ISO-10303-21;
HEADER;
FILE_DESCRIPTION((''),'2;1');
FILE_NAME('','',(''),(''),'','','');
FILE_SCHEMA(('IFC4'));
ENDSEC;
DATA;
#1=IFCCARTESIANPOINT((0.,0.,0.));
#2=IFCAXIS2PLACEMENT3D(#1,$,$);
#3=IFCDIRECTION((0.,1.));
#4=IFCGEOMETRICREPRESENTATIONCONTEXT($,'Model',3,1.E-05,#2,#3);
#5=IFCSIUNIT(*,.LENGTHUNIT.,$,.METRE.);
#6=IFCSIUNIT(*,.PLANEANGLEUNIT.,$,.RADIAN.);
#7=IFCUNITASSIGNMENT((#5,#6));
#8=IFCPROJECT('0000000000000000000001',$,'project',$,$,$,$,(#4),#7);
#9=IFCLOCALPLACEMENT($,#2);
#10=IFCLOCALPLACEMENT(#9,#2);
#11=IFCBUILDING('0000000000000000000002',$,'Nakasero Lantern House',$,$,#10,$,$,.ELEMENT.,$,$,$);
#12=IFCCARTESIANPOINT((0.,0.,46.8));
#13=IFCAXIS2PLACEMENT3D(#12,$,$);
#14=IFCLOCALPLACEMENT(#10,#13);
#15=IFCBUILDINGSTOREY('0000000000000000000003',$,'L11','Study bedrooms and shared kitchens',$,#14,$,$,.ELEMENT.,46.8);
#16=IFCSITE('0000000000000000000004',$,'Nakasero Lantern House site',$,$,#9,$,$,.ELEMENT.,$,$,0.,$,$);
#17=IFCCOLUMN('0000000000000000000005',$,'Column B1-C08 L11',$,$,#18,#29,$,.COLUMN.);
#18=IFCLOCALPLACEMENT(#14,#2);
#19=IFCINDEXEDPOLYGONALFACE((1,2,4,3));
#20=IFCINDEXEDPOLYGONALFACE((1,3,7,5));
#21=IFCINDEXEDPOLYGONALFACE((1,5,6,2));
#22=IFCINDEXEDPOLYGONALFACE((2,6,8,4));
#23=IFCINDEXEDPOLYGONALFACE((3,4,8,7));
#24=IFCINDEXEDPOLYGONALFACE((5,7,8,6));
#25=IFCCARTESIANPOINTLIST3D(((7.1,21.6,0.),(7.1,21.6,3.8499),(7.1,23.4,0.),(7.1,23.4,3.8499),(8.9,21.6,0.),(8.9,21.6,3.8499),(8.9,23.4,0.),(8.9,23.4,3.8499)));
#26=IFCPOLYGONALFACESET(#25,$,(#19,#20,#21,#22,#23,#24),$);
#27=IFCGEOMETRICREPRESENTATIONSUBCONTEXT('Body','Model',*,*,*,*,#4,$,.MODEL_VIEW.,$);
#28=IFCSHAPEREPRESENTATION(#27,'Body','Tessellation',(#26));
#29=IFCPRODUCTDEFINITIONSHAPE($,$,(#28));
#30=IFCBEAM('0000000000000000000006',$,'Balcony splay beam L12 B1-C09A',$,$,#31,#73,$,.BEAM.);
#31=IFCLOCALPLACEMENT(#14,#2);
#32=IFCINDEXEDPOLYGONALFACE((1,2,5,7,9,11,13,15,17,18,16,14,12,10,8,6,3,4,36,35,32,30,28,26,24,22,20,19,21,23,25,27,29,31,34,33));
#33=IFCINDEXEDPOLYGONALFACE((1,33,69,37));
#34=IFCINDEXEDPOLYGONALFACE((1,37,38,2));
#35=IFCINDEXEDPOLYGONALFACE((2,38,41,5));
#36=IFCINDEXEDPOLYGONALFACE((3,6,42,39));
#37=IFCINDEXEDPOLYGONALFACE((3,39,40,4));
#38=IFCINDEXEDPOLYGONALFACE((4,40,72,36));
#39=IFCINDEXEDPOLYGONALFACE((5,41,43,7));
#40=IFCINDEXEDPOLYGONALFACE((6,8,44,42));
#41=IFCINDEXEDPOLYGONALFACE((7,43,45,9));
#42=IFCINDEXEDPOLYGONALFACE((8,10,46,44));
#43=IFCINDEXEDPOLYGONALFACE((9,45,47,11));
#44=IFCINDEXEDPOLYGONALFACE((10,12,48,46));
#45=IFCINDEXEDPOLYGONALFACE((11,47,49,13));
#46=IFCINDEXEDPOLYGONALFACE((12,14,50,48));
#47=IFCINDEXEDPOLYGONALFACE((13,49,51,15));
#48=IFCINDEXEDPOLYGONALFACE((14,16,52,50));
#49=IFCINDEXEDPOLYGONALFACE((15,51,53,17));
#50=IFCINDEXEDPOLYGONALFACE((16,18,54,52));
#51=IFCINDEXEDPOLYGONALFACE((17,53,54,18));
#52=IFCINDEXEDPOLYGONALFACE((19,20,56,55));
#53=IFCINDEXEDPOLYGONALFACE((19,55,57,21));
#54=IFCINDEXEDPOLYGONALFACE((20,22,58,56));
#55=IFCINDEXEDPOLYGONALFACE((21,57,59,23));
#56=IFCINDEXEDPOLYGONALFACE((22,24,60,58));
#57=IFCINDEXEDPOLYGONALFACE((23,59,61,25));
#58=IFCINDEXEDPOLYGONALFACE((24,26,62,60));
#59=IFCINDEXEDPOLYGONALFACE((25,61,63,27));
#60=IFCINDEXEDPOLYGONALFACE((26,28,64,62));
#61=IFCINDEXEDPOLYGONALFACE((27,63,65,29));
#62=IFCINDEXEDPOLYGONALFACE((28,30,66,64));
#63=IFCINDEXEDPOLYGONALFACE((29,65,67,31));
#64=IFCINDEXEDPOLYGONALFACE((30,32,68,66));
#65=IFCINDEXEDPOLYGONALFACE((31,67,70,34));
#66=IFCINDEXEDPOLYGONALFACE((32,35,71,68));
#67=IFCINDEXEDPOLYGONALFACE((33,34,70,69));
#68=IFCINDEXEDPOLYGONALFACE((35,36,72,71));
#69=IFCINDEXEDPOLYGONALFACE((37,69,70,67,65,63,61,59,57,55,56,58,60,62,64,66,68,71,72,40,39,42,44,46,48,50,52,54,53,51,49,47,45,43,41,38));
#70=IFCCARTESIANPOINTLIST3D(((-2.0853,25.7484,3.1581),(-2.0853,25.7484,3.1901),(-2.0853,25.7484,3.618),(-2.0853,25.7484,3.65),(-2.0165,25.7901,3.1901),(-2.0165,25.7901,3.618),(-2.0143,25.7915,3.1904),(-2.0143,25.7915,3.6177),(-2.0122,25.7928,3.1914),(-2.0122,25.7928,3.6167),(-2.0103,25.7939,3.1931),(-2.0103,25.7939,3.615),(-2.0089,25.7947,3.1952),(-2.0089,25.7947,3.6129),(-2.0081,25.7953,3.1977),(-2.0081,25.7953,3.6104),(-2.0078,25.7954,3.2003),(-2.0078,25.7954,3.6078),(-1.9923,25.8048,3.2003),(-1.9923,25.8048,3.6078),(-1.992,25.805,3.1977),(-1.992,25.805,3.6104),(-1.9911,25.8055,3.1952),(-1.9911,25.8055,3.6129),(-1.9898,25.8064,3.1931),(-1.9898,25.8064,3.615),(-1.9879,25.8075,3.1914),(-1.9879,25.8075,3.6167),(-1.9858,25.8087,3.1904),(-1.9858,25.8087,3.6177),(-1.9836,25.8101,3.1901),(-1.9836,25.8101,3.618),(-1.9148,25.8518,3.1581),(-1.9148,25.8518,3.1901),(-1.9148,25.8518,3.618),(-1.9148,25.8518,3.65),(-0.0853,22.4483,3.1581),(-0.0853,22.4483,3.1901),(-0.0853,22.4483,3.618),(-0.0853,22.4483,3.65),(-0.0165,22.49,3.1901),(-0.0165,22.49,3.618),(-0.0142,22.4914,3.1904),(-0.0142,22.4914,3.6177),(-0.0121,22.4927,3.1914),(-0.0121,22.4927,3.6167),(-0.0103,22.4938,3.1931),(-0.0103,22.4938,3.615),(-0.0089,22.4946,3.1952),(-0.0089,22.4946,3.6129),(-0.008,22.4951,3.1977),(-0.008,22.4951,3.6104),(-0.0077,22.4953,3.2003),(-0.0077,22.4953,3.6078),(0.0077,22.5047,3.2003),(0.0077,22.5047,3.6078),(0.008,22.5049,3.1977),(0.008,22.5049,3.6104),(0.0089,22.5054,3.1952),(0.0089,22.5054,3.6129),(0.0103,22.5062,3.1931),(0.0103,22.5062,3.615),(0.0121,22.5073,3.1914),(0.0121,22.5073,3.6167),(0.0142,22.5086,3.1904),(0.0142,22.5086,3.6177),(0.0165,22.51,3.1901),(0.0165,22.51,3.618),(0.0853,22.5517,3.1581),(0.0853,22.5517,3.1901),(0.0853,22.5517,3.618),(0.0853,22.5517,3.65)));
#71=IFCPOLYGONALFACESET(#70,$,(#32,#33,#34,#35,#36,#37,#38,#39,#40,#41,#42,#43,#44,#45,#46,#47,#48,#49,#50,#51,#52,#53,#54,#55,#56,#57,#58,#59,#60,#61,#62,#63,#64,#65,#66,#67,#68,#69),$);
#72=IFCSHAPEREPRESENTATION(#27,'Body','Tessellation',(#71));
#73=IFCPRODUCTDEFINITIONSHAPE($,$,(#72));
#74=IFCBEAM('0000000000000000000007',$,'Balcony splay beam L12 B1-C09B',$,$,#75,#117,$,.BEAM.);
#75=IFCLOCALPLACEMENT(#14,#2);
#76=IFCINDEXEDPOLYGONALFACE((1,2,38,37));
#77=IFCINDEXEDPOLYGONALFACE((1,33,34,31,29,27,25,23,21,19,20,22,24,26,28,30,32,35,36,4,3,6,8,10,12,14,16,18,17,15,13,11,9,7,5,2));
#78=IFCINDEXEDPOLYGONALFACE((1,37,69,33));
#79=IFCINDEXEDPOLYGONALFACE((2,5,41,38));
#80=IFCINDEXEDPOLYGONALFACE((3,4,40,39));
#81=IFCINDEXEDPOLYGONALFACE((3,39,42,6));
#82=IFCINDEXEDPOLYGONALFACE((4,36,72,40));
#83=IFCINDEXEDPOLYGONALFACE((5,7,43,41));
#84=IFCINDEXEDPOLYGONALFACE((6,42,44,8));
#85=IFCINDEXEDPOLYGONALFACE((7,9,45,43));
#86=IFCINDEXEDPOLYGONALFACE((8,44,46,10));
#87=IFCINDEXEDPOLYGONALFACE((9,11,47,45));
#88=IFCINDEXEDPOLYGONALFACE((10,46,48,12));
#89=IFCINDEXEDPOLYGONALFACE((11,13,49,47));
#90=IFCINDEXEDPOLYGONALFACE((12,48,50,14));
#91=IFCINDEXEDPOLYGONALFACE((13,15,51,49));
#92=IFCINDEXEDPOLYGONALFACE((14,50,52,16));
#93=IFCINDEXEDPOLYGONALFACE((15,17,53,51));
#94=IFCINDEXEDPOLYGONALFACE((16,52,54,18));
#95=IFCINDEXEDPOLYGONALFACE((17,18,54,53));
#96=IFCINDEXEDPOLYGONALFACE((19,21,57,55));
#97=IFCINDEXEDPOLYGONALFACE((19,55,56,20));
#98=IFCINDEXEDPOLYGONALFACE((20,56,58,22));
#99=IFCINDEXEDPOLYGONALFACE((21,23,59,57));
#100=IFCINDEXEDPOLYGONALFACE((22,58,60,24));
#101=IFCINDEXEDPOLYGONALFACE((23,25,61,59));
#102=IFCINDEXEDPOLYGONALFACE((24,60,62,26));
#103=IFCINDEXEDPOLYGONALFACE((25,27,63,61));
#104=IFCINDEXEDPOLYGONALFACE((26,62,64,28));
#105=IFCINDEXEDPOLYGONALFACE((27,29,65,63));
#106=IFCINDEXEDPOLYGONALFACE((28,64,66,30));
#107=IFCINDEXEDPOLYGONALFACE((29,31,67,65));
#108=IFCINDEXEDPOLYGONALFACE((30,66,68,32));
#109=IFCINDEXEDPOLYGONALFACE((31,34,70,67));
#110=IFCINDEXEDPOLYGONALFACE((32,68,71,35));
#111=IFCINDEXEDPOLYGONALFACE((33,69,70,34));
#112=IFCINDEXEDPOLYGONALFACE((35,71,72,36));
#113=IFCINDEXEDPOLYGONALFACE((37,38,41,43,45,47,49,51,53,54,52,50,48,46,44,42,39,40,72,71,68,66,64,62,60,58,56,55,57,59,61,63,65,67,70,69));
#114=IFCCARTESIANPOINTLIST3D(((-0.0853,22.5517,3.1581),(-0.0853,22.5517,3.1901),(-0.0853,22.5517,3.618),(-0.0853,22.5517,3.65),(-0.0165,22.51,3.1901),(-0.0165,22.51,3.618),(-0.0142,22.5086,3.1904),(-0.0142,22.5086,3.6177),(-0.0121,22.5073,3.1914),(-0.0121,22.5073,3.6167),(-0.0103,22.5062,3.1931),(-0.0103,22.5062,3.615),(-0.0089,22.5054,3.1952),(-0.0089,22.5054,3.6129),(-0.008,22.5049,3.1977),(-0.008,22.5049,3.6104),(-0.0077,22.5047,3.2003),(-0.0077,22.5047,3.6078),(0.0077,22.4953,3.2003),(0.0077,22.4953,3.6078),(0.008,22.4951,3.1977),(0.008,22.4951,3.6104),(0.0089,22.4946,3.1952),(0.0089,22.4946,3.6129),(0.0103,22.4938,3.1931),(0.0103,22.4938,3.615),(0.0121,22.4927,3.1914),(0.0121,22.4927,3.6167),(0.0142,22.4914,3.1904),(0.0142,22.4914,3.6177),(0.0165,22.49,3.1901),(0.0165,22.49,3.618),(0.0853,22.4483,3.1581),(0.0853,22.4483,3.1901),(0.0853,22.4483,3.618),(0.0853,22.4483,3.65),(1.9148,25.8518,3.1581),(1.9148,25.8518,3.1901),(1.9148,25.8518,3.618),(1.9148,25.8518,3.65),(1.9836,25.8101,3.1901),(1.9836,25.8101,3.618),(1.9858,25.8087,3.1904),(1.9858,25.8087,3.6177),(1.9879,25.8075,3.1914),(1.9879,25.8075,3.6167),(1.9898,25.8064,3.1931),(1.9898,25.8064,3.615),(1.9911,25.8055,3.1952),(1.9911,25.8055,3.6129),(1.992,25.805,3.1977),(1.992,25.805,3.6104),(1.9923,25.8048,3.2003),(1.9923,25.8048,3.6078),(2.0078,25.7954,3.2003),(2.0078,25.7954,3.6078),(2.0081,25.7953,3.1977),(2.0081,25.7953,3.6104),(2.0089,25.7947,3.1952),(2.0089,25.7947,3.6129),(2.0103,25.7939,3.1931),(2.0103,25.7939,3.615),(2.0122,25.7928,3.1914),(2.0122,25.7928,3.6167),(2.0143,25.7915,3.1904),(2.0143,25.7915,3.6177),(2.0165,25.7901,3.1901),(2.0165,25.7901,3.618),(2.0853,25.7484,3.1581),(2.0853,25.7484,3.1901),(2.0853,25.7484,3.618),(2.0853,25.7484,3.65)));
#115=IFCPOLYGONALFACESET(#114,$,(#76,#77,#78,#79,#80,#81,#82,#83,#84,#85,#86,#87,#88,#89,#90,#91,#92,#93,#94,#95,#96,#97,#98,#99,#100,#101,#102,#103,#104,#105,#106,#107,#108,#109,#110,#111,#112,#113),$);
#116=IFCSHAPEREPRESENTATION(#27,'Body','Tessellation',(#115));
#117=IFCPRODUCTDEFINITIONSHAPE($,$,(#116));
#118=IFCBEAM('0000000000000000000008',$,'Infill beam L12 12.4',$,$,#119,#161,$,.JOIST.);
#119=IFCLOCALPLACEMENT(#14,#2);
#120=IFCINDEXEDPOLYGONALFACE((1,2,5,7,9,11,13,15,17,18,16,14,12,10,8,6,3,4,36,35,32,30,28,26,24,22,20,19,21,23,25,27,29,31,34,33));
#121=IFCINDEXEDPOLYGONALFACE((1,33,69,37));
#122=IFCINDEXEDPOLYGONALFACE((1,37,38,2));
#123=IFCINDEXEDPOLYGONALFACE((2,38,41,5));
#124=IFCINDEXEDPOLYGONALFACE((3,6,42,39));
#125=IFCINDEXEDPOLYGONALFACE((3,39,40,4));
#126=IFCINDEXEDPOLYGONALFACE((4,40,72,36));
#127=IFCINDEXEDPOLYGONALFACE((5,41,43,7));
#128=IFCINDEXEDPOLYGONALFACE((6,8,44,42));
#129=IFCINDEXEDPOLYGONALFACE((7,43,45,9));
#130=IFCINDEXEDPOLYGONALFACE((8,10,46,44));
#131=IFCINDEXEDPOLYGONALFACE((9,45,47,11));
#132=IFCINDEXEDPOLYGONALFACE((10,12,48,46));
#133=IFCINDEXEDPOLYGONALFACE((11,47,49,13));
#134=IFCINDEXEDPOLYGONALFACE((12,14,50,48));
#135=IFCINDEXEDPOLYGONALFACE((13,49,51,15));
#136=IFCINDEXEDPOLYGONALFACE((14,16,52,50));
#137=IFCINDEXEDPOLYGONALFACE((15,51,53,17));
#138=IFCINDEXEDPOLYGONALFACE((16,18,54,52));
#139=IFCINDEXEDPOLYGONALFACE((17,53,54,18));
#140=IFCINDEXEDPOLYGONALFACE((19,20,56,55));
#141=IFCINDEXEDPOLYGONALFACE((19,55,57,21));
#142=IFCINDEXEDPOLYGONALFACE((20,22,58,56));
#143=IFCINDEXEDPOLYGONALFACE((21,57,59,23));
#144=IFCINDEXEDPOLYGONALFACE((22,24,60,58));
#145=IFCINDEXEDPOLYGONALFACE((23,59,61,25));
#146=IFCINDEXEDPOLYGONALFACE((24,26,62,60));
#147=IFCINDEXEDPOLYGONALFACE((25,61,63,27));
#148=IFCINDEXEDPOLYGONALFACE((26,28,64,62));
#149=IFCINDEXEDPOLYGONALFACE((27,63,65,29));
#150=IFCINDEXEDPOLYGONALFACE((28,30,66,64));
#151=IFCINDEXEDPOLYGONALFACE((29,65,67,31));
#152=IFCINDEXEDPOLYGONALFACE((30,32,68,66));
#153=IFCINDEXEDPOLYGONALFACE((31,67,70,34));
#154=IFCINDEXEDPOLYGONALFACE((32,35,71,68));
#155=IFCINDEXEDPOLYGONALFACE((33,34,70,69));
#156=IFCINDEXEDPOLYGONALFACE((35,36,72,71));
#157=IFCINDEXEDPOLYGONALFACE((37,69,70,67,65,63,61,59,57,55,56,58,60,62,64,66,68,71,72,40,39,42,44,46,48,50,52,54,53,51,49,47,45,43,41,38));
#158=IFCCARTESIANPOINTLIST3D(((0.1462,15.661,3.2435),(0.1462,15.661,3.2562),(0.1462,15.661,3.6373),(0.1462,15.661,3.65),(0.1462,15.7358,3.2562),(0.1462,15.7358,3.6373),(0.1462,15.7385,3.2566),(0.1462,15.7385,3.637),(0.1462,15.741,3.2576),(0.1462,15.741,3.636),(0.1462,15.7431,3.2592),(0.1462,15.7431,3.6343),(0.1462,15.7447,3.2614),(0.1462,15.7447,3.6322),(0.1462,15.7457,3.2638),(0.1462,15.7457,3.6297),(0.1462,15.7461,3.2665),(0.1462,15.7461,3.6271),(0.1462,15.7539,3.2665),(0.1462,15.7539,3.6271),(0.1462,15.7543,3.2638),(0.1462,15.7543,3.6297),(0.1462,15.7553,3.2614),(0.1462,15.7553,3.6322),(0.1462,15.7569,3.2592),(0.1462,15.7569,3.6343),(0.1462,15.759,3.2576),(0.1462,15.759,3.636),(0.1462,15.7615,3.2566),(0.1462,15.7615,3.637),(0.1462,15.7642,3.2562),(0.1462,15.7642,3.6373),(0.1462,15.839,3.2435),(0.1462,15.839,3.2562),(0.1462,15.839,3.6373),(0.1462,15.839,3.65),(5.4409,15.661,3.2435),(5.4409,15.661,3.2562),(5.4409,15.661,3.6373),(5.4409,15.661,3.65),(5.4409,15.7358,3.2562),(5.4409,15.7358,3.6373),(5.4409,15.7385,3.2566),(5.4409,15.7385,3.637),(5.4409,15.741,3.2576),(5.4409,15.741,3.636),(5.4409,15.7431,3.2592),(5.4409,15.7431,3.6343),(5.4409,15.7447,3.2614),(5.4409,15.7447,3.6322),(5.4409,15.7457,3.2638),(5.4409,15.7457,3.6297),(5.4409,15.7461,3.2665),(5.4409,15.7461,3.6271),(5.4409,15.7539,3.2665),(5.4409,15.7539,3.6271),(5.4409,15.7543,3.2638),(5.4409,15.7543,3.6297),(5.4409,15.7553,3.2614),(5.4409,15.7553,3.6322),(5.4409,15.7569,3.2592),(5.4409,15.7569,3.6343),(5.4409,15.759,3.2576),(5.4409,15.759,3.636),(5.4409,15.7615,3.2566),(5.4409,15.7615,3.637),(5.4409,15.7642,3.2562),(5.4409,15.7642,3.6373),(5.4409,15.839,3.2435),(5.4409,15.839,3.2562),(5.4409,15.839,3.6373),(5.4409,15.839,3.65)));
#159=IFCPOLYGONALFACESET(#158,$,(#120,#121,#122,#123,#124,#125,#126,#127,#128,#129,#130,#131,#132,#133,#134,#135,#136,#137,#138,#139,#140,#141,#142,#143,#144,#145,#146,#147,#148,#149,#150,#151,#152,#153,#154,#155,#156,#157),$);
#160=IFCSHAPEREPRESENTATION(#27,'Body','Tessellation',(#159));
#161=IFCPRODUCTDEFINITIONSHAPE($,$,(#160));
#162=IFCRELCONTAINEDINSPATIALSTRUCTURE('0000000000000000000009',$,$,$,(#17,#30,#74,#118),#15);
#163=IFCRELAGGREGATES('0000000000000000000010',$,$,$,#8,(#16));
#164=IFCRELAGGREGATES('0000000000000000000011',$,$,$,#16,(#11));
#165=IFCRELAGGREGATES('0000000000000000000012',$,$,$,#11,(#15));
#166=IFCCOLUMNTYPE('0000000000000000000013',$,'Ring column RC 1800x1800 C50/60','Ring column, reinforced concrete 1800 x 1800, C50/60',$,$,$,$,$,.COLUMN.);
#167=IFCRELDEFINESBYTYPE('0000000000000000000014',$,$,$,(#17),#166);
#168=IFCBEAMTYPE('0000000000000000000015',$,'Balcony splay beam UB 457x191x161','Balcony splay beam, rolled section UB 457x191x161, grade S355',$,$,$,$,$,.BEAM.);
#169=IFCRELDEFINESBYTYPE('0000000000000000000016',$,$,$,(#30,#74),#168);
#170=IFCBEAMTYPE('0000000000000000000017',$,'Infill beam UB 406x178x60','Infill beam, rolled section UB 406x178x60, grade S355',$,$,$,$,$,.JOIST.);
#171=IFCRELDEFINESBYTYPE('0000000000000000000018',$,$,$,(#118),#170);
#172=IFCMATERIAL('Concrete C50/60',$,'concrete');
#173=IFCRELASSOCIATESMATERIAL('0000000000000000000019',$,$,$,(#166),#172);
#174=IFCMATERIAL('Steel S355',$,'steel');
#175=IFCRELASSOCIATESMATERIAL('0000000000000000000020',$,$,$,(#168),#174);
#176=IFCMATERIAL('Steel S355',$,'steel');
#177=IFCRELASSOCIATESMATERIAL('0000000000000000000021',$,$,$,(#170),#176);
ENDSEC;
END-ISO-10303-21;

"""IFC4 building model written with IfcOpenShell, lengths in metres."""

from ifc_helpers import new_model, si_unit, direction, frame, origin, origin_2d, place, context, subcontext, project, spatial, rectangle, i_section, extrude, material, material_profile, profile_set, type_object, element, save


model = new_model("IFC4")

# Units and contexts
model_context = context("Model", 3, precision=1e-05, world=origin(), true_north=direction((0.0, 1.0)))
body_context = subcontext(model_context, "Body", "Model", "MODEL_VIEW")
ifc_project = project(units=[si_unit("LENGTHUNIT", "METRE"), si_unit("PLANEANGLEUNIT", "RADIAN")], contexts=[model_context])

# Site, building, storey
site_placement = place(None, origin())
site = spatial("IfcSite", under=ifc_project, at=site_placement, Name="Nakasero Lantern House site", CompositionType="ELEMENT", RefElevation=0.0)
building_placement = place(site_placement, origin())
building = spatial("IfcBuilding", under=site, at=building_placement, Name="Nakasero Lantern House", CompositionType="ELEMENT")
storey_placement = place(building_placement, frame((0.0, 0.0, 46.8)))
storey = spatial("IfcBuildingStorey", under=building, at=storey_placement, Name="L11", Description="Study bedrooms and shared kitchens", CompositionType="ELEMENT", Elevation=46.8)

# Column
ifc_material_1 = material(Name="Concrete C50/60", Category="concrete")
ifc_material_profile_1 = material_profile(ifc_material_1, rectangle(XDim=1.8, YDim=1.8, at=origin_2d()), Name="RC 1800x1800")
ifc_profile_set_1 = profile_set([ifc_material_profile_1], Name="Concrete C50/60")
column_type = type_object("IfcColumnType", Name="Ring column RC 1800x1800 C50/60", Description="Ring column, reinforced concrete 1800 x 1800, C50/60", PredefinedType="COLUMN", material=ifc_profile_set_1)
column_placement = place(storey_placement, frame((8.0, 22.5, 0.0), z_axis=(0.0, 0.0, 1.0), x_axis=(1.0, 0.0, 0.0)))
element("IfcColumn", 1, at=column_placement, inside=storey, type_object=column_type, Name="Column B1-C08 L11", PredefinedType="COLUMN", context=body_context, shape_type="SweptSolid", body=[
    extrude(rectangle(XDim=1.8, YDim=1.8, at=origin_2d()), origin(), (0.0, 0.0, 1.0), 3.8499),
])

# Beams
ifc_material_2 = material(Name="Steel S355", Category="steel")
ifc_material_profile_2 = material_profile(ifc_material_2, i_section(OverallWidth=0.1995, OverallDepth=0.4919, WebThickness=0.0181, FlangeThickness=0.032, FilletRadius=0.0103, at=origin_2d()), Name="UB 457x191x161")
ifc_profile_set_2 = profile_set([ifc_material_profile_2], Name="Steel S355")
beam_type_1 = type_object("IfcBeamType", Name="Balcony splay beam UB 457x191x161", Description="Balcony splay beam, rolled section UB 457x191x161, grade S355", PredefinedType="BEAM", material=ifc_profile_set_2)
for number, where, z_axis, x_axis, name in (
    (2, (0.0, 22.5, 3.4041), (-0.518296, 0.855201, 0.0), (-0.855201, -0.518296, 0.0), "Balcony splay beam L12 B1-C09A"),
    (3, (0.0, 22.5, 3.4041), (0.518296, 0.855201, 0.0), (-0.855201, 0.518296, 0.0), "Balcony splay beam L12 B1-C09B"),
):
    element("IfcBeam", number, at=place(storey_placement, frame(where, z_axis=z_axis, x_axis=x_axis)), inside=storey, type_object=beam_type_1, Name=name, PredefinedType="BEAM", context=body_context, shape_type="SweptSolid", body=[
        extrude(i_section(OverallWidth=0.1995, OverallDepth=0.4919, WebThickness=0.0181, FlangeThickness=0.032, FilletRadius=0.0103, at=origin_2d()), origin(), (0.0, 0.0, 1.0), 3.8589),
    ])
ifc_material_3 = material(Name="Steel S355", Category="steel")
ifc_material_profile_3 = material_profile(ifc_material_3, i_section(OverallWidth=0.178, OverallDepth=0.4065, WebThickness=0.0078, FlangeThickness=0.0127, FilletRadius=0.0103, at=origin_2d()), Name="UB 406x178x60")
ifc_profile_set_3 = profile_set([ifc_material_profile_3], Name="Steel S355")
beam_type_2 = type_object("IfcBeamType", Name="Infill beam UB 406x178x60", Description="Infill beam, rolled section UB 406x178x60, grade S355", PredefinedType="JOIST", material=ifc_profile_set_3)
beam_1_placement = place(storey_placement, frame((0.1462, 15.75, 3.4468), z_axis=(1.0, 0.0, 0.0), x_axis=(0.0, 1.0, 0.0)))
element("IfcBeam", 4, at=beam_1_placement, inside=storey, type_object=beam_type_2, Name="Infill beam L12 12.4", PredefinedType="JOIST", context=body_context, shape_type="SweptSolid", body=[
    extrude(i_section(OverallWidth=0.178, OverallDepth=0.4065, WebThickness=0.0078, FlangeThickness=0.0127, FilletRadius=0.0103, at=origin_2d()), origin(), (0.0, 0.0, 1.0), 5.2947),
])

save(model, "model.ifc")
